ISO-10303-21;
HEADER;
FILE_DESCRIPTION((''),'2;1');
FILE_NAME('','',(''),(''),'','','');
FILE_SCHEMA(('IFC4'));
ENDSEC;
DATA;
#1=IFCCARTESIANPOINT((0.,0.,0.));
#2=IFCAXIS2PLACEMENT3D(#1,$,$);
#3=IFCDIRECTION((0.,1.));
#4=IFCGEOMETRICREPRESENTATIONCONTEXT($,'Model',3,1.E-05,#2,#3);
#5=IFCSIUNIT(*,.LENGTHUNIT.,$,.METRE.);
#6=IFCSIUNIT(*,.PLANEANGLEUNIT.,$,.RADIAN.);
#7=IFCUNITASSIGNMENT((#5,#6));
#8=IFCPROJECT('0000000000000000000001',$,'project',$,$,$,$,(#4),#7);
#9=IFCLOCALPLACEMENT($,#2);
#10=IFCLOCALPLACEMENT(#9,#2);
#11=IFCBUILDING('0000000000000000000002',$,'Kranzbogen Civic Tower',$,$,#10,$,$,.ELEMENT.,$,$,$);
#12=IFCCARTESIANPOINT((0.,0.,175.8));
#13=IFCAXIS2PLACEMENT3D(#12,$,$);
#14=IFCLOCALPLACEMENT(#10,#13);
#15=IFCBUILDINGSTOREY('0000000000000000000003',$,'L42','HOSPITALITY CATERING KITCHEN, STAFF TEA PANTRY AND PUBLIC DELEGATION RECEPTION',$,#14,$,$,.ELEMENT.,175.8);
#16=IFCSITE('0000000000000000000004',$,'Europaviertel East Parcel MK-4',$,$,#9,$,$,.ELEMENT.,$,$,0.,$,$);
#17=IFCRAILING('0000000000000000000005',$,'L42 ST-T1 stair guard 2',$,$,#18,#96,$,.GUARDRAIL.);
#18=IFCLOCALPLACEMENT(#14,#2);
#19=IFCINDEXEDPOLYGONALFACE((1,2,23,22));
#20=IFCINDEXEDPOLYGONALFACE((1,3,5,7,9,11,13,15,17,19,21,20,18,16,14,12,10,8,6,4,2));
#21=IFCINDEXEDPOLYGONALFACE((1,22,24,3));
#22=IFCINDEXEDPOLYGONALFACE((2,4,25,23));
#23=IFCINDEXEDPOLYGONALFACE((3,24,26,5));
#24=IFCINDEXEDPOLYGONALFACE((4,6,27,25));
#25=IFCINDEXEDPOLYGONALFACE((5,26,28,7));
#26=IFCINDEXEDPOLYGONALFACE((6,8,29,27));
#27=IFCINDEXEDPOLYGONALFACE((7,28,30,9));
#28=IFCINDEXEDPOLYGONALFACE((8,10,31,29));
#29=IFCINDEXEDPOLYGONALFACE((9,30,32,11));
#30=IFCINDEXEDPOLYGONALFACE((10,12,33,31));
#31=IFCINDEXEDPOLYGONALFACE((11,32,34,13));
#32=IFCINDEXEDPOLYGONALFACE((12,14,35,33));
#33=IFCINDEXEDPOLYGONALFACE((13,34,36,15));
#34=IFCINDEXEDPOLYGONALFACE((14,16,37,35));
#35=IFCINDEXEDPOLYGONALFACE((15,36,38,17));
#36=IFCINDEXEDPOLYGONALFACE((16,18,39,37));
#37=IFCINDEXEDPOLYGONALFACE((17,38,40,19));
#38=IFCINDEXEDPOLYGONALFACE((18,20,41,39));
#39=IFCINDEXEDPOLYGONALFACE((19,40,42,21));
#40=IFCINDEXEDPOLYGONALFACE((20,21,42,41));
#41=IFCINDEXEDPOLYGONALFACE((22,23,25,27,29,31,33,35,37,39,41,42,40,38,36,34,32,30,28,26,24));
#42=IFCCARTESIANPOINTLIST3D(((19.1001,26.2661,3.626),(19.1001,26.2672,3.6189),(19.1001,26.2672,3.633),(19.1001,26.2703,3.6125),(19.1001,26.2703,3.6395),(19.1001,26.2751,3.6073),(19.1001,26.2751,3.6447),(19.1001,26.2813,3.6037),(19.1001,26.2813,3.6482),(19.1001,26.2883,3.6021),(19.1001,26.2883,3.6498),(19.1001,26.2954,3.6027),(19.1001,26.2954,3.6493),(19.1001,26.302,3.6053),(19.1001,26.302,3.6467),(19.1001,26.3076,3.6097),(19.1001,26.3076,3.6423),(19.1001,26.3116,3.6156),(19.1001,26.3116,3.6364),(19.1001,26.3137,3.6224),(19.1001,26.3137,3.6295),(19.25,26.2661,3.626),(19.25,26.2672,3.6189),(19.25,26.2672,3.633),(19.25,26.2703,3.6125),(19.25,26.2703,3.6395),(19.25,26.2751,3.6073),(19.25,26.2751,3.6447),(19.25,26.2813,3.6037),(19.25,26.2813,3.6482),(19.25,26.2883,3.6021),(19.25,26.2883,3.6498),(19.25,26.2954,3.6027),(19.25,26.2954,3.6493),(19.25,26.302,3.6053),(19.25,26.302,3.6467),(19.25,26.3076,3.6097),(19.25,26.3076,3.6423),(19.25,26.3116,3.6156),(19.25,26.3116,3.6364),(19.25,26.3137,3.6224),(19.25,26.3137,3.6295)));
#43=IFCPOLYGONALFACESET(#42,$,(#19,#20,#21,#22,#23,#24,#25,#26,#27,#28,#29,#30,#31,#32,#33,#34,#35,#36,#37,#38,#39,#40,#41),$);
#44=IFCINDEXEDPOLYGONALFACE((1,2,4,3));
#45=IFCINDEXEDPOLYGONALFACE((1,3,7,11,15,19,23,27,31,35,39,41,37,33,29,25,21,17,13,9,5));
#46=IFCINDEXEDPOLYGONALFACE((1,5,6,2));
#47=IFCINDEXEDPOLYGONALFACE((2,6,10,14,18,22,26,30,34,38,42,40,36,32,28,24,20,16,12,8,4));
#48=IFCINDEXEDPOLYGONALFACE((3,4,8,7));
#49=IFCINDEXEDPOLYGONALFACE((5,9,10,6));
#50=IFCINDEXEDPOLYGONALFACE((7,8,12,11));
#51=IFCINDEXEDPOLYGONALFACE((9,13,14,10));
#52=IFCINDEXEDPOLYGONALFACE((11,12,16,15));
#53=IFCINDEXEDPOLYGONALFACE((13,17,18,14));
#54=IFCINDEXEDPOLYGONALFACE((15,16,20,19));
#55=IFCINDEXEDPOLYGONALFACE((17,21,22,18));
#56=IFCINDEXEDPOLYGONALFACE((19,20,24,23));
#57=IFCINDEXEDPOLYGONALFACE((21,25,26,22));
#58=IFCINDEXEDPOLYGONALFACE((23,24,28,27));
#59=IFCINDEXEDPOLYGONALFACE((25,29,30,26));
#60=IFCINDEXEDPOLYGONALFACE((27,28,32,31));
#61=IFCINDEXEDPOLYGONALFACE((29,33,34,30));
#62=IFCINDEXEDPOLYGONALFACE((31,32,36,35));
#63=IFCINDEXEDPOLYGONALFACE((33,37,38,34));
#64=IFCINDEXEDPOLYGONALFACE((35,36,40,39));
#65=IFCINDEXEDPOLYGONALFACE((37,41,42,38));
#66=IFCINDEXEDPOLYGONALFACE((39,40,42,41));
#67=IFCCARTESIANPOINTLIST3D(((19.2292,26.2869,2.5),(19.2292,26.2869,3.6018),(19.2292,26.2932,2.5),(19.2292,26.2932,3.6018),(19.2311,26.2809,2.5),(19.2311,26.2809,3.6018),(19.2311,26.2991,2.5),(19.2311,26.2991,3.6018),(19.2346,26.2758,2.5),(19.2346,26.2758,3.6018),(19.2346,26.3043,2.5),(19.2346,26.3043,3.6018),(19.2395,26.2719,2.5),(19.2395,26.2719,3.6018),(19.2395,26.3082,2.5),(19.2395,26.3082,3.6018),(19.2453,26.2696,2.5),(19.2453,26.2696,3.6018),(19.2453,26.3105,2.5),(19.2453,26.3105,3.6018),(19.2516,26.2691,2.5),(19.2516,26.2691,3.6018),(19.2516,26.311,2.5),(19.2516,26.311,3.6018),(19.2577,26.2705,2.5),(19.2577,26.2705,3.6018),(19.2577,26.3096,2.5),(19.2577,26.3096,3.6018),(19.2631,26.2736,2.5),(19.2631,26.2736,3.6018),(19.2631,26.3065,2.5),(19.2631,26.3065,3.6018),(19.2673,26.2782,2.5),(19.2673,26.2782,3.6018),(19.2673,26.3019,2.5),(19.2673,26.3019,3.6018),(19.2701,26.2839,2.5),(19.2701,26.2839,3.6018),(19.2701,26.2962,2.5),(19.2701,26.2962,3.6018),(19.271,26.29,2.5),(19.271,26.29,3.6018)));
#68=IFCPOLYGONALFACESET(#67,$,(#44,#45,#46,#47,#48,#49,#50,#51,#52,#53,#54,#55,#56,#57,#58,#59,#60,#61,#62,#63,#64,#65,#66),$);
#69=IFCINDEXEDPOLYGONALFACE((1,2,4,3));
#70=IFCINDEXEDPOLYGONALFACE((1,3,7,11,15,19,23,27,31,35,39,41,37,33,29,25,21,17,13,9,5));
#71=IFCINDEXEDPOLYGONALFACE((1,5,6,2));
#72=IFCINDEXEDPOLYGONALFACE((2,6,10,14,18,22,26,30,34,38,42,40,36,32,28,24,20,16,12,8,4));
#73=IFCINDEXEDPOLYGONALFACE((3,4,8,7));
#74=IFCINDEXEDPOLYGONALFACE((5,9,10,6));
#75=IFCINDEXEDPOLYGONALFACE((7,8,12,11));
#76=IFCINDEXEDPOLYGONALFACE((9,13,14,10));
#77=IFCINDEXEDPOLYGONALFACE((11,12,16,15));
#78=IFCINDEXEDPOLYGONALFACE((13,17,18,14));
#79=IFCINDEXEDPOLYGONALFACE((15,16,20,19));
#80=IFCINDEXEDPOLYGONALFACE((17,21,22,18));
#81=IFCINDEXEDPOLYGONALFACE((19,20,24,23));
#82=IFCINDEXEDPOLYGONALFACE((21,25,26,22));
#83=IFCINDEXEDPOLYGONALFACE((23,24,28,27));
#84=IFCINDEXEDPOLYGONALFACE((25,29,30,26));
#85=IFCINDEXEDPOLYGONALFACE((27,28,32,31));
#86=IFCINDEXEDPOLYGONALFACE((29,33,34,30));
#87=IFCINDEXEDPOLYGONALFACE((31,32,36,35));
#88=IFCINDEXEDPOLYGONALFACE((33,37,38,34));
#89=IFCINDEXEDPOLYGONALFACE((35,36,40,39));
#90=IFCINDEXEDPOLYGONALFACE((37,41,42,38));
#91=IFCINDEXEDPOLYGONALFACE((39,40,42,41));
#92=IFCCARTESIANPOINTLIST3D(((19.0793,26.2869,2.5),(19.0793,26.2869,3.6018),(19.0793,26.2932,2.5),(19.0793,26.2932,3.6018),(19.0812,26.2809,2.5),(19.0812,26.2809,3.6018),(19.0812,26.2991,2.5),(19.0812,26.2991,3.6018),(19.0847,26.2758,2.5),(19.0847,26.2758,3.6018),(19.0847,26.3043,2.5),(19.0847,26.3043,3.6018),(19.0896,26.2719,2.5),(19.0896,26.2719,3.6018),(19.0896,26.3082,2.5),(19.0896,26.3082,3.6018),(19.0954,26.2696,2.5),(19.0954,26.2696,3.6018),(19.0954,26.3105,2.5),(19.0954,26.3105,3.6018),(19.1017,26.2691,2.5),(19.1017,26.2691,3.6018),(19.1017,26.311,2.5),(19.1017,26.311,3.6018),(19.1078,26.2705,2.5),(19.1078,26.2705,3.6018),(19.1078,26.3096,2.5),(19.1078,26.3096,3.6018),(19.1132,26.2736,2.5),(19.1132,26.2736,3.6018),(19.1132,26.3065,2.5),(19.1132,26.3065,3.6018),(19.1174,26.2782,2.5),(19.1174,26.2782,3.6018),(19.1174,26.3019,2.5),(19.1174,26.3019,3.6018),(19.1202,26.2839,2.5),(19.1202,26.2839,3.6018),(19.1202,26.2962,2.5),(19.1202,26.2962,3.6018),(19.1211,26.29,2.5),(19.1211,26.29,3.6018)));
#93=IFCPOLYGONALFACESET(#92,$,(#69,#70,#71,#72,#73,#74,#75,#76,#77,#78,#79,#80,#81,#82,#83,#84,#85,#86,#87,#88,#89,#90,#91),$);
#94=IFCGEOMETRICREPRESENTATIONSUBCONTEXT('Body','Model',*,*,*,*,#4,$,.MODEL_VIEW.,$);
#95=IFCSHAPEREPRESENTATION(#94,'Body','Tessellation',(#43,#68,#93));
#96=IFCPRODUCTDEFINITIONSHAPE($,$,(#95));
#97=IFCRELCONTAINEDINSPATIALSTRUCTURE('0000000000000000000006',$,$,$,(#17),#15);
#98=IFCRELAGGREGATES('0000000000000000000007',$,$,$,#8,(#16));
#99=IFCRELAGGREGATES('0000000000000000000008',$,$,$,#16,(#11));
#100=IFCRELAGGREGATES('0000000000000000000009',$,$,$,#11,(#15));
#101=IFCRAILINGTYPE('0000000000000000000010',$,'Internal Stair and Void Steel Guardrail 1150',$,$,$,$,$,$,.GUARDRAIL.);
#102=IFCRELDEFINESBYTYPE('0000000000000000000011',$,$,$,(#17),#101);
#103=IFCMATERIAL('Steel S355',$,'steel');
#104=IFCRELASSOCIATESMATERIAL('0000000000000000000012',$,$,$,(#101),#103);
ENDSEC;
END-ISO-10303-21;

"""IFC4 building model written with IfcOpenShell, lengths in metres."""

from ifc_helpers import new_model, si_unit, direction, frame, origin, origin_2d, place, context, subcontext, project, spatial, circle, extrude, material, type_object, element, save


model = new_model("IFC4")

# Units and contexts
model_context = context("Model", 3, precision=1e-05, world=origin(), true_north=direction((0.0, 1.0)))
body_context = subcontext(model_context, "Body", "Model", "MODEL_VIEW")
ifc_project = project(units=[si_unit("LENGTHUNIT", "METRE"), si_unit("PLANEANGLEUNIT", "RADIAN")], contexts=[model_context])

# Site, building, storey
site_placement = place(None, origin())
site = spatial("IfcSite", under=ifc_project, at=site_placement, Name="Europaviertel East Parcel MK-4", CompositionType="ELEMENT", RefElevation=0.0)
building_placement = place(site_placement, origin())
building = spatial("IfcBuilding", under=site, at=building_placement, Name="Kranzbogen Civic Tower", CompositionType="ELEMENT")
storey_placement = place(building_placement, frame((0.0, 0.0, 175.8)))
storey = spatial("IfcBuildingStorey", under=building, at=storey_placement, Name="L42", Description="HOSPITALITY CATERING KITCHEN, STAFF TEA PANTRY AND PUBLIC DELEGATION RECEPTION", CompositionType="ELEMENT", Elevation=175.8)

# Shared definitions
ifc_material_1 = material(Name="Steel S355", Category="steel")

# Railing
railing_type_1 = type_object("IfcRailingType", Name="Internal Stair and Void Steel Guardrail 1150", PredefinedType="GUARDRAIL", material=ifc_material_1)
railing_1_placement = place(storey_placement, frame((19.25, 26.29, 2.5)))
element("IfcRailing", 1, at=railing_1_placement, inside=storey, type_object=railing_type_1, Name="L42 ST-T1 stair guard 2", PredefinedType="GUARDRAIL", context=body_context, shape_type="SweptSolid", body=[
    extrude(circle(Radius=0.0239, at=origin_2d()), frame((0.0, 0.0, 1.126), z_axis=(-1.0, 0.0, 0.0), x_axis=(0.0, -1.0, 0.0)), (0.0, 0.0, 1.0), 0.1499),
    extrude(circle(Radius=0.021, at=origin_2d()), origin(), (0.0, 0.0, 1.0), 1.1018),
    extrude(circle(Radius=0.021, at=origin_2d()), frame((-0.1499, 0.0, 0.0)), (0.0, 0.0, 1.0), 1.1018),
])

save(model, "model.ifc")
